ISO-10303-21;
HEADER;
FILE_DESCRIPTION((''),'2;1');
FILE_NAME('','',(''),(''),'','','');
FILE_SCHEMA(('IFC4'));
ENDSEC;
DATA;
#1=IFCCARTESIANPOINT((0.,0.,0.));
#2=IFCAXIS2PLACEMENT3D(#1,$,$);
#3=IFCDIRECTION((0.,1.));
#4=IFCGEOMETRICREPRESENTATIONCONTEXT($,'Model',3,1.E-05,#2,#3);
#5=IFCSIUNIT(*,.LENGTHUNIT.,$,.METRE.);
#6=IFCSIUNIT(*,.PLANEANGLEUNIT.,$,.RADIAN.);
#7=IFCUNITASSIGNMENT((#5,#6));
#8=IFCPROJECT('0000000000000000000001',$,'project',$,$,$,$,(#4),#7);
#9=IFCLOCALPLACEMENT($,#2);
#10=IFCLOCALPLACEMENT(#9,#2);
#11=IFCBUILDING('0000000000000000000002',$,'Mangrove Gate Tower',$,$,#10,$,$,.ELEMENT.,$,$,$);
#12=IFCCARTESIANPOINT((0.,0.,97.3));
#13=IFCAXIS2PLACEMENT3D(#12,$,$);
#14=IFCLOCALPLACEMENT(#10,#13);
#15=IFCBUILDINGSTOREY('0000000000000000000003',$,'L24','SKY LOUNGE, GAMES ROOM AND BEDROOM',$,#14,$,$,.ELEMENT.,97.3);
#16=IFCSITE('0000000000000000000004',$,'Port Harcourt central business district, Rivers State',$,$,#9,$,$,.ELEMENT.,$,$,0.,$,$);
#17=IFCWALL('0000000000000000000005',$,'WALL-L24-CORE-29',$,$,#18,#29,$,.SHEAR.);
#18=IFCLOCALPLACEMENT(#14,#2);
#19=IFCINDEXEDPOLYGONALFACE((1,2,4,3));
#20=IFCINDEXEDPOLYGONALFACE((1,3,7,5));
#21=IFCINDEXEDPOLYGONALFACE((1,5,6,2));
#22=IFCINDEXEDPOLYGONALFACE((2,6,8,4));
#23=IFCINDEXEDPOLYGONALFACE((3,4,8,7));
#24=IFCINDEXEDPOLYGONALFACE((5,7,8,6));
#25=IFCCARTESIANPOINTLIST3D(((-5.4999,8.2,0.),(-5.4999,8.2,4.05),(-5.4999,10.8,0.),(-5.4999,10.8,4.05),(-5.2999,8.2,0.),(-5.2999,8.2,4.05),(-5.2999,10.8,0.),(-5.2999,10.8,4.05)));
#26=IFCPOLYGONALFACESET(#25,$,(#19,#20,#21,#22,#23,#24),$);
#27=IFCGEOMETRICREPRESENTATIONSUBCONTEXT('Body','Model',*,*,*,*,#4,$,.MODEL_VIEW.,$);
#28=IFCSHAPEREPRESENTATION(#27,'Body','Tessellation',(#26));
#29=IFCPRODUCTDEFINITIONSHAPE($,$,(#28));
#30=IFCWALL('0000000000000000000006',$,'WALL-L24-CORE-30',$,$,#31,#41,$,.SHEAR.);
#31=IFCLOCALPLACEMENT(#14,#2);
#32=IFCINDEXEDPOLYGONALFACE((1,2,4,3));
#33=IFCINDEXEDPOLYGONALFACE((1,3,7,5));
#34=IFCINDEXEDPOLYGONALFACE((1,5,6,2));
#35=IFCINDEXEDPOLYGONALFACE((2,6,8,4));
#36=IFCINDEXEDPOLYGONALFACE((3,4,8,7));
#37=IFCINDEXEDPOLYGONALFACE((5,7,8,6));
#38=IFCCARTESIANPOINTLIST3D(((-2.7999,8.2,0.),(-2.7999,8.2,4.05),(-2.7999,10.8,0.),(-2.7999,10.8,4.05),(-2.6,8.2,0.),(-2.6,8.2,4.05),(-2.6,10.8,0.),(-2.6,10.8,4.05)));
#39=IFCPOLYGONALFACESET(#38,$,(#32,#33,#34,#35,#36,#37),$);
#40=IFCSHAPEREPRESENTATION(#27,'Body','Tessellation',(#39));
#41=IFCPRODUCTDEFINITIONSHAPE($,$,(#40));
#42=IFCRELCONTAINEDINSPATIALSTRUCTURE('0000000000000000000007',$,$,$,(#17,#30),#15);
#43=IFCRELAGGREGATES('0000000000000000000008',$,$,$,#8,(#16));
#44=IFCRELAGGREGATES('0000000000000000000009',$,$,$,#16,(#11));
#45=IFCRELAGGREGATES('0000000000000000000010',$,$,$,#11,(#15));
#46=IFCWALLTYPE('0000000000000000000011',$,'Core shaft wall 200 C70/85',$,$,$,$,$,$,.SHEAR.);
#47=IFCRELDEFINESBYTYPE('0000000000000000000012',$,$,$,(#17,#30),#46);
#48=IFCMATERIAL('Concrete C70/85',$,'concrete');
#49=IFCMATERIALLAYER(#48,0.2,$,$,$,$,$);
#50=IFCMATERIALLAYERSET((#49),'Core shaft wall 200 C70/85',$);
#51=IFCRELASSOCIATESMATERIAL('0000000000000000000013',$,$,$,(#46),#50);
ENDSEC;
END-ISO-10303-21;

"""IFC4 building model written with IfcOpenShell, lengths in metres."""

from ifc_helpers import new_model, si_unit, direction, frame, frame_2d, origin, place, context, subcontext, project, spatial, rectangle, extrude, material, layer, layer_set, type_object, element, save


model = new_model("IFC4")

# Units and contexts
model_context = context("Model", 3, precision=1e-05, world=origin(), true_north=direction((0.0, 1.0)))
body_context = subcontext(model_context, "Body", "Model", "MODEL_VIEW")
ifc_project = project(units=[si_unit("LENGTHUNIT", "METRE"), si_unit("PLANEANGLEUNIT", "RADIAN")], contexts=[model_context])

# Site, building, storey
site_placement = place(None, origin())
site = spatial("IfcSite", under=ifc_project, at=site_placement, Name="Port Harcourt central business district, Rivers State", CompositionType="ELEMENT", RefElevation=0.0)
building_placement = place(site_placement, origin())
building = spatial("IfcBuilding", under=site, at=building_placement, Name="Mangrove Gate Tower", CompositionType="ELEMENT")
storey_placement = place(building_placement, frame((0.0, 0.0, 97.3)))
storey = spatial("IfcBuildingStorey", under=building, at=storey_placement, Name="L24", Description="SKY LOUNGE, GAMES ROOM AND BEDROOM", CompositionType="ELEMENT", Elevation=97.3)

# Walls
ifc_material_1 = material(Name="Concrete C70/85", Category="concrete")
ifc_layer_1 = layer(ifc_material_1, 0.2)
ifc_layer_set_1 = layer_set([ifc_layer_1], Name="Core shaft wall 200 C70/85")
wall_type = type_object("IfcWallType", Name="Core shaft wall 200 C70/85", PredefinedType="SHEAR", material=ifc_layer_set_1)
for number, where, z_axis, x_axis, name in (
    (1, (-5.3999, 8.2, 0.0), (0.0, 0.0, 1.0), (0.0, 1.0, 0.0), "WALL-L24-CORE-29"),
    (2, (-2.7, 8.2, 0.0), (0.0, 0.0, 1.0), (0.0, 1.0, 0.0), "WALL-L24-CORE-30"),
):
    element("IfcWall", number, at=place(storey_placement, frame(where, z_axis=z_axis, x_axis=x_axis)), inside=storey, type_object=wall_type, Name=name, PredefinedType="SHEAR", context=body_context, shape_type="SweptSolid", body=[
        extrude(rectangle(XDim=2.6001, YDim=0.2, at=frame_2d((1.3, 0.0))), origin(), (0.0, 0.0, 1.0), 4.05),
    ])

save(model, "model.ifc")
